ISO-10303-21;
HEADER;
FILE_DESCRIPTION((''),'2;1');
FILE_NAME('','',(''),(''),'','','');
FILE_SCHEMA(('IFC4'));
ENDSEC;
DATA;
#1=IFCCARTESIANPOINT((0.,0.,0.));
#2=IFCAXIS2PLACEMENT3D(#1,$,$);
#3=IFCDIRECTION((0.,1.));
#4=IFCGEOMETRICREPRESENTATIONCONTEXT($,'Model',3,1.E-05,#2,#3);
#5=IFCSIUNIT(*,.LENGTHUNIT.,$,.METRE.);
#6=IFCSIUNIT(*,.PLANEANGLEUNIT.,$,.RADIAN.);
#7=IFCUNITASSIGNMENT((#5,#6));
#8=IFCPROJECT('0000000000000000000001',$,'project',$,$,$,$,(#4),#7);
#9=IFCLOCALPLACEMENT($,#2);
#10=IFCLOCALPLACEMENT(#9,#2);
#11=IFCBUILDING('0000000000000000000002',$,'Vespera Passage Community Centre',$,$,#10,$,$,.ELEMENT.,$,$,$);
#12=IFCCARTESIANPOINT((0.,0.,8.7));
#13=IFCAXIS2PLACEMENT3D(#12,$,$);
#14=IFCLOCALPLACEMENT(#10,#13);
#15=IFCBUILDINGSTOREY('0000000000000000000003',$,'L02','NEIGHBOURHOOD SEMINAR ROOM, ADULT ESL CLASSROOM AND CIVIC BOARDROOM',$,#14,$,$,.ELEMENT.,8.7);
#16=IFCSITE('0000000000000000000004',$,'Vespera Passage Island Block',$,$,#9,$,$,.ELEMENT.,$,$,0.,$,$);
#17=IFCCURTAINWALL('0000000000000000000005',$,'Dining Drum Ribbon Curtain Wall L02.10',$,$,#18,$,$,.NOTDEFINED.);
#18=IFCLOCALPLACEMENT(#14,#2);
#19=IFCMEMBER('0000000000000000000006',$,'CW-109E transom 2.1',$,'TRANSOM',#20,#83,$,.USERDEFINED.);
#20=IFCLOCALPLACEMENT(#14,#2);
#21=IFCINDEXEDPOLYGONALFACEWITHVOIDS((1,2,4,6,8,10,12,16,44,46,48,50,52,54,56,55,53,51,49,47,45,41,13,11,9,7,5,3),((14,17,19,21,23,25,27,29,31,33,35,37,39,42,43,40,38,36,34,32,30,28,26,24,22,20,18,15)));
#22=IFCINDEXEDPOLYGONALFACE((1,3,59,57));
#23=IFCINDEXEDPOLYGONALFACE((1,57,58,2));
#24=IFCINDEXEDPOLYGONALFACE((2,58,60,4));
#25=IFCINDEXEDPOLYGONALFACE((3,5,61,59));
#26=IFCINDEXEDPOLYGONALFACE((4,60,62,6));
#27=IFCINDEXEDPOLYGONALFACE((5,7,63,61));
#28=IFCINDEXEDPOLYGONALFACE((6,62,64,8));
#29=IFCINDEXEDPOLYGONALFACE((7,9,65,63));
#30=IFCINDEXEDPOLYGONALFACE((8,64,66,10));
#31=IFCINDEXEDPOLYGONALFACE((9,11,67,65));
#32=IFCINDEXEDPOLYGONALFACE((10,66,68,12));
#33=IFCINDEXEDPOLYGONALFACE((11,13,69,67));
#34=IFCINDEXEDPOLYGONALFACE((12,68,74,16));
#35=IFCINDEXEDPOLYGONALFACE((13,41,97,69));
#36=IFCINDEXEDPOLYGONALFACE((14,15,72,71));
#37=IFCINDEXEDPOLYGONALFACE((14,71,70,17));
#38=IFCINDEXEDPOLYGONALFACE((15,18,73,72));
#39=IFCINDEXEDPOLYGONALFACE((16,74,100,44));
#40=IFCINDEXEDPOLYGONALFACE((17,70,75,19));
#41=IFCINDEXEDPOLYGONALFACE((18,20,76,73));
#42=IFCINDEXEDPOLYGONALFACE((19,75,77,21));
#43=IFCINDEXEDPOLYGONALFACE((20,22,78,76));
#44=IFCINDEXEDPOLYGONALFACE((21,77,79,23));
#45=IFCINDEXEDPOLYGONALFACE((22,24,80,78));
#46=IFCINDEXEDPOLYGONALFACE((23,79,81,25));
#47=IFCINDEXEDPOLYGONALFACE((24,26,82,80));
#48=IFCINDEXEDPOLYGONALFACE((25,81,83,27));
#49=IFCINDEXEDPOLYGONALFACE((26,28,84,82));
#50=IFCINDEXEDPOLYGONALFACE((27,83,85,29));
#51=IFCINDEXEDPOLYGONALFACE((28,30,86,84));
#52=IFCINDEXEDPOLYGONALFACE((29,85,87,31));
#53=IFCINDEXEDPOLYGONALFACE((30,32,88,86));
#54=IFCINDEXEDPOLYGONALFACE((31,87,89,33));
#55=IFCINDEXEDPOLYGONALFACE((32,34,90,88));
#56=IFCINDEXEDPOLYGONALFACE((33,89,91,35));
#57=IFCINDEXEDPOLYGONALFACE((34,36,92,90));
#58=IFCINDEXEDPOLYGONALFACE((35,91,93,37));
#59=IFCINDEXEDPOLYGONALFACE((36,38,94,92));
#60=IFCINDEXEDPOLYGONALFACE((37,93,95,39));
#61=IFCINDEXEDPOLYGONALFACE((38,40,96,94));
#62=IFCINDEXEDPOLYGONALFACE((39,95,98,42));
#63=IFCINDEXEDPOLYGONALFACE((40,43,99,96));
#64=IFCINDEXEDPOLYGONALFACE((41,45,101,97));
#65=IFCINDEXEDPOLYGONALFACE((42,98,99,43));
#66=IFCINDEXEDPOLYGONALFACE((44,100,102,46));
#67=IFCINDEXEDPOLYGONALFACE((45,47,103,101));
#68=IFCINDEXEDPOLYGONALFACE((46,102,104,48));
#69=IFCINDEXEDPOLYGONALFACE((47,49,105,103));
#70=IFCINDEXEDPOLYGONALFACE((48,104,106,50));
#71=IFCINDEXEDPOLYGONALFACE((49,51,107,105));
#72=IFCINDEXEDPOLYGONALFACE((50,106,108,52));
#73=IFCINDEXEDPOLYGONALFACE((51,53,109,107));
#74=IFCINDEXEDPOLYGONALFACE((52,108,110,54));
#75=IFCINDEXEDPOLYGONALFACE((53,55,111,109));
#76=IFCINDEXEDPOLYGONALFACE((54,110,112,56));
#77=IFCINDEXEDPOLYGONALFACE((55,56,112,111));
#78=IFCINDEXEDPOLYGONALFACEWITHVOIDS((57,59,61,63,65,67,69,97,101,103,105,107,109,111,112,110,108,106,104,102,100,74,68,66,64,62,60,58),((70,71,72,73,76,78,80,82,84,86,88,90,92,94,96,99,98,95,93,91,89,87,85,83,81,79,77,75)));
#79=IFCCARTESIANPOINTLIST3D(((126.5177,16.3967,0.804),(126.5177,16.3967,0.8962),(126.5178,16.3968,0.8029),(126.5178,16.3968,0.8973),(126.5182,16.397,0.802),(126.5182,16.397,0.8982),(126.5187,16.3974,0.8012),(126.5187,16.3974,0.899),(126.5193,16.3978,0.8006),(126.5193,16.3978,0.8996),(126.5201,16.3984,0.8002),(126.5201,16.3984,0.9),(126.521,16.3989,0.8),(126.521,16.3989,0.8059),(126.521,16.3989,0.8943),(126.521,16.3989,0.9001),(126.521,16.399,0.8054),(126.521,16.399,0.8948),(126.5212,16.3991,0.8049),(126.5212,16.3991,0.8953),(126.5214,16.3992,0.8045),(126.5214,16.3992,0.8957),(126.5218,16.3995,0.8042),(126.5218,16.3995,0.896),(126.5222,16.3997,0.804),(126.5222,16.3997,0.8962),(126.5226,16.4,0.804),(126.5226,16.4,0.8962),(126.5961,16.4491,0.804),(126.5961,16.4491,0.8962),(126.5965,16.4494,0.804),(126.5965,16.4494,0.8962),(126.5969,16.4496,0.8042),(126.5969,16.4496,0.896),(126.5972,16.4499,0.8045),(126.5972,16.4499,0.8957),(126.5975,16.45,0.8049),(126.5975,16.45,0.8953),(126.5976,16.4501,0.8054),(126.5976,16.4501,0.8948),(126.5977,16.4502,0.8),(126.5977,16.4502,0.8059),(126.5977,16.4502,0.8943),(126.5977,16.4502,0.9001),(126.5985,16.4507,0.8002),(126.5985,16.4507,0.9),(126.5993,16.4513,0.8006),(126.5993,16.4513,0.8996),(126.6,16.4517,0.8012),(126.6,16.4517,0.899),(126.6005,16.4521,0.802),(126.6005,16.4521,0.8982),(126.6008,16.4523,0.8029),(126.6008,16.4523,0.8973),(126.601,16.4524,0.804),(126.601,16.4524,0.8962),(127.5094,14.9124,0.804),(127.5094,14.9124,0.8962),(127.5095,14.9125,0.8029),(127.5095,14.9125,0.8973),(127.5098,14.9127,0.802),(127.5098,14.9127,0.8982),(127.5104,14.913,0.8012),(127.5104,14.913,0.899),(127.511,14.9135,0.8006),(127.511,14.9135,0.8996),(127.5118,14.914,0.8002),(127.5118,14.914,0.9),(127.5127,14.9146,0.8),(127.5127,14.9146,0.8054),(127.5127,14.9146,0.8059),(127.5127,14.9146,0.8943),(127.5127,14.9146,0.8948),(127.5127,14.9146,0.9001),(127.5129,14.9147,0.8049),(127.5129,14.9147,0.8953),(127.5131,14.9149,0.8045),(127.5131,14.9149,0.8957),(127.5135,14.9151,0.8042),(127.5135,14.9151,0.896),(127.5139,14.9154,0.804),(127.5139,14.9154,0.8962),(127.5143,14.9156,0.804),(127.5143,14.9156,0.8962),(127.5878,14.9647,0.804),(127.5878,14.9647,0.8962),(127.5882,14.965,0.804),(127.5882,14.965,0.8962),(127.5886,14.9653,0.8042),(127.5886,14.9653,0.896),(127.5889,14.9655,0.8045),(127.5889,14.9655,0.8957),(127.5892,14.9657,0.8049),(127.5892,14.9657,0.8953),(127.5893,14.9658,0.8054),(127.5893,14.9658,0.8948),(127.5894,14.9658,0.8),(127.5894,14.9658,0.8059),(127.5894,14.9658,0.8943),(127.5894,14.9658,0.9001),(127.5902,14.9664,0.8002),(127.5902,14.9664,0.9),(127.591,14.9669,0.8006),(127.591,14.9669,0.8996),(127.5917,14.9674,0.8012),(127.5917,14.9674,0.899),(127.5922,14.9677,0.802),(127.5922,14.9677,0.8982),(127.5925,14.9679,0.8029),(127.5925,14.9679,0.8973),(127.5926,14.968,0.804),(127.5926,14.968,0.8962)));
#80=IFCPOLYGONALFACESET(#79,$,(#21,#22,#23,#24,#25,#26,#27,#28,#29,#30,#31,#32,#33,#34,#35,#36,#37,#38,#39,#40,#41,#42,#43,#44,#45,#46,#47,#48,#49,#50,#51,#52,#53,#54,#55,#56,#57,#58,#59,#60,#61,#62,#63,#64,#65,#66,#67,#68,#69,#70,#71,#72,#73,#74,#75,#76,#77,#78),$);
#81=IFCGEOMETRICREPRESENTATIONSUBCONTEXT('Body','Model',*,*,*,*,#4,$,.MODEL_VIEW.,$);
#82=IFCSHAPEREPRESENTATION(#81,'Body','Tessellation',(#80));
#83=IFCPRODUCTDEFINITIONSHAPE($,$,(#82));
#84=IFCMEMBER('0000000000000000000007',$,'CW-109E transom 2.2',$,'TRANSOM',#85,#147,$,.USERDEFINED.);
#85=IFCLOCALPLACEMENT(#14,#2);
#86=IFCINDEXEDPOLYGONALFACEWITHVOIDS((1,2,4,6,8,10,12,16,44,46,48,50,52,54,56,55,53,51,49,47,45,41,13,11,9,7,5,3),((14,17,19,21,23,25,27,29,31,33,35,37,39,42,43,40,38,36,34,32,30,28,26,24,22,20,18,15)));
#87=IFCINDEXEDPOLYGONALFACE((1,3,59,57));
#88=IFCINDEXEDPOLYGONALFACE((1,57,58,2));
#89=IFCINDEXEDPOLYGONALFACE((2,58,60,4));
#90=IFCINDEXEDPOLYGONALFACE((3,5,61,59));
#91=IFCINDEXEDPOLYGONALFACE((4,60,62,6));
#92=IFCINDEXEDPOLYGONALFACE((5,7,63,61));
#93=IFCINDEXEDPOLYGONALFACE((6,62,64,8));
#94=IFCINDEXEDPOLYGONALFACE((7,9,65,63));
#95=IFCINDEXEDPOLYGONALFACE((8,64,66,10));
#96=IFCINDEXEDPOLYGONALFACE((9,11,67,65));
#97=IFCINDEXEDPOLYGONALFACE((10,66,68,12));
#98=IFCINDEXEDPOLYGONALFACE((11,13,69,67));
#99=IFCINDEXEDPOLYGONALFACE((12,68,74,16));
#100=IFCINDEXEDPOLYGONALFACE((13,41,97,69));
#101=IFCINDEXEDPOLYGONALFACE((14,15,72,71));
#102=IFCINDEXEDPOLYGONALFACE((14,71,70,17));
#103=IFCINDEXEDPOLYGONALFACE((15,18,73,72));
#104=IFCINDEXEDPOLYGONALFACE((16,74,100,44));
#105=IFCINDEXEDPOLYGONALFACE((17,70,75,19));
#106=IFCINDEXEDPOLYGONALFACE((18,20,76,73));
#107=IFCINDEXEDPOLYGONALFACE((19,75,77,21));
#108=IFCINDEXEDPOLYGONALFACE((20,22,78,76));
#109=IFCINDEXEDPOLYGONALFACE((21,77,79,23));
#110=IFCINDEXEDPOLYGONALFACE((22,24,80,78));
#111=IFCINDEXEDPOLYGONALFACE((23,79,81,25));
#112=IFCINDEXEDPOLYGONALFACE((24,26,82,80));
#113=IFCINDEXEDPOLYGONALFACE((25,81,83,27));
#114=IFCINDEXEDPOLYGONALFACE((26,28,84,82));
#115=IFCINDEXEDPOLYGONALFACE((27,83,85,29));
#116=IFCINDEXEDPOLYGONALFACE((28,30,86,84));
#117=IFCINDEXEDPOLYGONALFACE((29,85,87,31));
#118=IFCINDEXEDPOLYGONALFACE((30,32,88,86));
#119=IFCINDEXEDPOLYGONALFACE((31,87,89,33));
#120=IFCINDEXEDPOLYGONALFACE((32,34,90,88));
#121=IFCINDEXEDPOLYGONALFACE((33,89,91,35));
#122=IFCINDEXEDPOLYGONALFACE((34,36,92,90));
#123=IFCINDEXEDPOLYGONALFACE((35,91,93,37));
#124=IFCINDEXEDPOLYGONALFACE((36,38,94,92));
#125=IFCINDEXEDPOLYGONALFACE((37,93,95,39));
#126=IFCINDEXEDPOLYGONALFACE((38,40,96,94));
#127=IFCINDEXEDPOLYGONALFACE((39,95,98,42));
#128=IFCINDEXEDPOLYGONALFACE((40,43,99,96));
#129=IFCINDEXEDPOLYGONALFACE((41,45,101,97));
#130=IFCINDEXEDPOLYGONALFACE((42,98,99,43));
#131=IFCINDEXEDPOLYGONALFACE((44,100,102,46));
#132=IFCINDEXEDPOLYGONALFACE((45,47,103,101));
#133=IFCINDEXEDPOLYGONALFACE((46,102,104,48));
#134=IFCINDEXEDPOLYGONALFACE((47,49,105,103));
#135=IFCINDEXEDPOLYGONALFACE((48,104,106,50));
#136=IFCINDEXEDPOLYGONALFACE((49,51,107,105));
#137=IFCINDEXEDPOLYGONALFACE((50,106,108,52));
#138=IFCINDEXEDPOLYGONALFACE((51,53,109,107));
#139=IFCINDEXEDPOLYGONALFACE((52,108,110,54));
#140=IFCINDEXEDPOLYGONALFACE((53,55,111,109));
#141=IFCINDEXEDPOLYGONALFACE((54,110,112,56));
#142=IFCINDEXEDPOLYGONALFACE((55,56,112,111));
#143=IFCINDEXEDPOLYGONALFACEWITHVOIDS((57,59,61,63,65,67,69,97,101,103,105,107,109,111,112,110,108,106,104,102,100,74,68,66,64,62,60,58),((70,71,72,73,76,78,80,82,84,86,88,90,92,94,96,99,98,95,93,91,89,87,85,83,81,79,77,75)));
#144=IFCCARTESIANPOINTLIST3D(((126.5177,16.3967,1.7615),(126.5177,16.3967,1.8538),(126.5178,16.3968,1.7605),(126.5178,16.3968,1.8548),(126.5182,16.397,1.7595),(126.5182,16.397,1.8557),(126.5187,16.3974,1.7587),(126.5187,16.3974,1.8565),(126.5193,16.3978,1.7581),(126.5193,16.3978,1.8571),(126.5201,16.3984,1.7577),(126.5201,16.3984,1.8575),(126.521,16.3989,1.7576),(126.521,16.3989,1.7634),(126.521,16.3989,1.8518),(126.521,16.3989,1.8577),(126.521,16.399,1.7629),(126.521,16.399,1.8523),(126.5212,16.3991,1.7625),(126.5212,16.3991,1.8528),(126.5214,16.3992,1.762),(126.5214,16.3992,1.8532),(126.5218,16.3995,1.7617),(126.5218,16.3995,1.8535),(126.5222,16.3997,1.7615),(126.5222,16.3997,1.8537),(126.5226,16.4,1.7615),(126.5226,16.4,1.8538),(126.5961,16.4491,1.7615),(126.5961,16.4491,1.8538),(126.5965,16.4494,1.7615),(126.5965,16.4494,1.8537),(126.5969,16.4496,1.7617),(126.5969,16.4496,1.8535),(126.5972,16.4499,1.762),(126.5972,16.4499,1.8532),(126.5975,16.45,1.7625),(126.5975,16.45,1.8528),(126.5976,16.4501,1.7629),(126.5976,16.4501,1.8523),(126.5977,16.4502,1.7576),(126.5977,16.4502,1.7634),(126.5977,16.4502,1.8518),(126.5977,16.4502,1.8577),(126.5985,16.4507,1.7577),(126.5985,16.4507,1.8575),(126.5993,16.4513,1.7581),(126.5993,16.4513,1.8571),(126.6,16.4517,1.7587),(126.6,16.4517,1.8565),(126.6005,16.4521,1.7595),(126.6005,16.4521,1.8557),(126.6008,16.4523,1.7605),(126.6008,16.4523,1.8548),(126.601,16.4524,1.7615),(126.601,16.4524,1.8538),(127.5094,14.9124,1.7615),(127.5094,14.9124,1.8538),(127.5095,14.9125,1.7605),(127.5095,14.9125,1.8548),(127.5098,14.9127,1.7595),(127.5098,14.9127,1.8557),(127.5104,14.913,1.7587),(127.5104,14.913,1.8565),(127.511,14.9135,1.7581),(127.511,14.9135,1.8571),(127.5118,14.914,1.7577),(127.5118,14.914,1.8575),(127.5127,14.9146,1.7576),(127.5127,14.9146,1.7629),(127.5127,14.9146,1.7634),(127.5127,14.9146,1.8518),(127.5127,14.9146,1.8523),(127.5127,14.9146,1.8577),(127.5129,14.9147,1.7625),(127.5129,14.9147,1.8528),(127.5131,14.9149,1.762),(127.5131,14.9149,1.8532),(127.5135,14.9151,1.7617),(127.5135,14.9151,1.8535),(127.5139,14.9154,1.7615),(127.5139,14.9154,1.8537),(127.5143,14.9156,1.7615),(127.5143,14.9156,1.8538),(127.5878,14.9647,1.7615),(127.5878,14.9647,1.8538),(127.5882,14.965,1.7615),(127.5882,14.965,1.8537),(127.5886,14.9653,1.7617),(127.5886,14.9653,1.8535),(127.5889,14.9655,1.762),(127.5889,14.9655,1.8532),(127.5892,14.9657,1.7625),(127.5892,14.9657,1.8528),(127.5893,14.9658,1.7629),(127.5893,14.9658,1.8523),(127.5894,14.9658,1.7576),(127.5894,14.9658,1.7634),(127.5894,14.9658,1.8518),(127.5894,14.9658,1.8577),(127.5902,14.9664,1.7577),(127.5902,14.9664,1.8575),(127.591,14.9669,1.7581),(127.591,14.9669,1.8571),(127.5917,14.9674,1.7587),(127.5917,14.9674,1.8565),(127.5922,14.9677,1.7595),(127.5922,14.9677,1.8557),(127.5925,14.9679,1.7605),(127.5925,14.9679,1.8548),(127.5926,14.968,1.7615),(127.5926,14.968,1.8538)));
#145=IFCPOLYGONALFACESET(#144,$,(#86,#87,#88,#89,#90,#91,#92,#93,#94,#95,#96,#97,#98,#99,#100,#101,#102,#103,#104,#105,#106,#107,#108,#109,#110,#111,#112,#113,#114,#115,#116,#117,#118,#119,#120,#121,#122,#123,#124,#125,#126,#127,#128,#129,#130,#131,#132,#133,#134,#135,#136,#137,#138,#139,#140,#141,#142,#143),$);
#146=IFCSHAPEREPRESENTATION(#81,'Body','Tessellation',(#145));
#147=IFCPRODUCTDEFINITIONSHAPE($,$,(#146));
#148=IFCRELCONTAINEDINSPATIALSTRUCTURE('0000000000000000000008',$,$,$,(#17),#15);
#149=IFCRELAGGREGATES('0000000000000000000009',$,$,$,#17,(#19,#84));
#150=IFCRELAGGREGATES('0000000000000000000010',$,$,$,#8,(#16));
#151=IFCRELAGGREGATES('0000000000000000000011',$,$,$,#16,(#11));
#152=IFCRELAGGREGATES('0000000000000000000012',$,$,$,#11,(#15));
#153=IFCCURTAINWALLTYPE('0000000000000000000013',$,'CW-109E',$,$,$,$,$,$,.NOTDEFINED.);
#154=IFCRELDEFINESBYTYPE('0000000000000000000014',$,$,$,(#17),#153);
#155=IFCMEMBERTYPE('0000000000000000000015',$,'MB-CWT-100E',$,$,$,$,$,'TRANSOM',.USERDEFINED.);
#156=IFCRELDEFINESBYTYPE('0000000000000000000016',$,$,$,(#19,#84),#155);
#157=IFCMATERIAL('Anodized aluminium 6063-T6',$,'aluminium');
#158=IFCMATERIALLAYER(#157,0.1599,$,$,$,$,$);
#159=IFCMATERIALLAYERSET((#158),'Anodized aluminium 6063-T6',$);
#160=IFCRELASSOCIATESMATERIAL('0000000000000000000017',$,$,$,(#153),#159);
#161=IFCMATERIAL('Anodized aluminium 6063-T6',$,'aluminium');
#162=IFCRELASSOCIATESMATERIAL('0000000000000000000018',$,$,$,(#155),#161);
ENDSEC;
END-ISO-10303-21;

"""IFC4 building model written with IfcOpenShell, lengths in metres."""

from ifc_helpers import new_model, si_unit, direction, frame, origin, origin_2d, place, context, subcontext, project, spatial, hollow_rectangle, extrude, material, layer, layer_set, material_profile, profile_set, type_object, element, aggregate, save


model = new_model("IFC4")

# Units and contexts
model_context = context("Model", 3, precision=1e-05, world=origin(), true_north=direction((0.0, 1.0)))
body_context = subcontext(model_context, "Body", "Model", "MODEL_VIEW")
ifc_project = project(units=[si_unit("LENGTHUNIT", "METRE"), si_unit("PLANEANGLEUNIT", "RADIAN")], contexts=[model_context])

# Site, building, storey
site_placement = place(None, origin())
site = spatial("IfcSite", under=ifc_project, at=site_placement, Name="Vespera Passage Island Block", CompositionType="ELEMENT", RefElevation=0.0)
building_placement = place(site_placement, origin())
building = spatial("IfcBuilding", under=site, at=building_placement, Name="Vespera Passage Community Centre", CompositionType="ELEMENT")
storey_placement = place(building_placement, frame((0.0, 0.0, 8.7)))
storey = spatial("IfcBuildingStorey", under=building, at=storey_placement, Name="L02", Description="NEIGHBOURHOOD SEMINAR ROOM, ADULT ESL CLASSROOM AND CIVIC BOARDROOM", CompositionType="ELEMENT", Elevation=8.7)

# Curtain wall
ifc_material_1 = material(Name="Anodized aluminium 6063-T6", Category="aluminium")
ifc_layer_1 = layer(ifc_material_1, 0.1599)
ifc_layer_set_1 = layer_set([ifc_layer_1], Name="Anodized aluminium 6063-T6")
curtain_wall_type_1 = type_object("IfcCurtainWallType", Name="CW-109E", PredefinedType="NOTDEFINED", material=ifc_layer_set_1)
curtain_wall_1_placement = place(storey_placement, origin())
curtain_wall_1 = element("IfcCurtainWall", 1, at=curtain_wall_1_placement, inside=storey, type_object=curtain_wall_type_1, Name="Dining Drum Ribbon Curtain Wall L02.10", PredefinedType="NOTDEFINED")

# Members
ifc_material_2 = material(Name="Anodized aluminium 6063-T6", Category="aluminium")
ifc_material_profile_1 = material_profile(ifc_material_2, hollow_rectangle(XDim=0.1001, YDim=0.1001, WallThickness=0.0039, InnerFilletRadius=0.002, OuterFilletRadius=0.0039, at=origin_2d()), Name="ALU100X100X4")
ifc_profile_set_1 = profile_set([ifc_material_profile_1], Name="Anodized aluminium 6063-T6")
member_type_1 = type_object("IfcMemberType", Name="MB-CWT-100E", ElementType="TRANSOM", PredefinedType="USERDEFINED", material=ifc_profile_set_1)
member_1_placement = place(storey_placement, frame((127.551, 14.9402, 0.8501), z_axis=(-0.55552, 0.831503, 0.0), x_axis=(-0.831503, -0.55552, 0.0)))
member_1 = element("IfcMember", 2, at=member_1_placement, type_object=member_type_1, Name="CW-109E transom 2.1", ObjectType="TRANSOM", PredefinedType="USERDEFINED", context=body_context, shape_type="SweptSolid", body=[
    extrude(hollow_rectangle(XDim=0.1001, YDim=0.1001, WallThickness=0.0039, InnerFilletRadius=0.002, OuterFilletRadius=0.0039, at=origin_2d()), origin(), (0.0, 0.0, 1.0), 1.7852),
])
member_2_placement = place(storey_placement, frame((127.551, 14.9402, 1.8076), z_axis=(-0.55552, 0.831503, 0.0), x_axis=(-0.831503, -0.55552, 0.0)))
member_2 = element("IfcMember", 3, at=member_2_placement, type_object=member_type_1, Name="CW-109E transom 2.2", ObjectType="TRANSOM", PredefinedType="USERDEFINED", context=body_context, shape_type="SweptSolid", body=[
    extrude(hollow_rectangle(XDim=0.1001, YDim=0.1001, WallThickness=0.0039, InnerFilletRadius=0.002, OuterFilletRadius=0.0039, at=origin_2d()), origin(), (0.0, 0.0, 1.0), 1.7852),
])

aggregate(curtain_wall_1, [member_1, member_2])

save(model, "model.ifc")
